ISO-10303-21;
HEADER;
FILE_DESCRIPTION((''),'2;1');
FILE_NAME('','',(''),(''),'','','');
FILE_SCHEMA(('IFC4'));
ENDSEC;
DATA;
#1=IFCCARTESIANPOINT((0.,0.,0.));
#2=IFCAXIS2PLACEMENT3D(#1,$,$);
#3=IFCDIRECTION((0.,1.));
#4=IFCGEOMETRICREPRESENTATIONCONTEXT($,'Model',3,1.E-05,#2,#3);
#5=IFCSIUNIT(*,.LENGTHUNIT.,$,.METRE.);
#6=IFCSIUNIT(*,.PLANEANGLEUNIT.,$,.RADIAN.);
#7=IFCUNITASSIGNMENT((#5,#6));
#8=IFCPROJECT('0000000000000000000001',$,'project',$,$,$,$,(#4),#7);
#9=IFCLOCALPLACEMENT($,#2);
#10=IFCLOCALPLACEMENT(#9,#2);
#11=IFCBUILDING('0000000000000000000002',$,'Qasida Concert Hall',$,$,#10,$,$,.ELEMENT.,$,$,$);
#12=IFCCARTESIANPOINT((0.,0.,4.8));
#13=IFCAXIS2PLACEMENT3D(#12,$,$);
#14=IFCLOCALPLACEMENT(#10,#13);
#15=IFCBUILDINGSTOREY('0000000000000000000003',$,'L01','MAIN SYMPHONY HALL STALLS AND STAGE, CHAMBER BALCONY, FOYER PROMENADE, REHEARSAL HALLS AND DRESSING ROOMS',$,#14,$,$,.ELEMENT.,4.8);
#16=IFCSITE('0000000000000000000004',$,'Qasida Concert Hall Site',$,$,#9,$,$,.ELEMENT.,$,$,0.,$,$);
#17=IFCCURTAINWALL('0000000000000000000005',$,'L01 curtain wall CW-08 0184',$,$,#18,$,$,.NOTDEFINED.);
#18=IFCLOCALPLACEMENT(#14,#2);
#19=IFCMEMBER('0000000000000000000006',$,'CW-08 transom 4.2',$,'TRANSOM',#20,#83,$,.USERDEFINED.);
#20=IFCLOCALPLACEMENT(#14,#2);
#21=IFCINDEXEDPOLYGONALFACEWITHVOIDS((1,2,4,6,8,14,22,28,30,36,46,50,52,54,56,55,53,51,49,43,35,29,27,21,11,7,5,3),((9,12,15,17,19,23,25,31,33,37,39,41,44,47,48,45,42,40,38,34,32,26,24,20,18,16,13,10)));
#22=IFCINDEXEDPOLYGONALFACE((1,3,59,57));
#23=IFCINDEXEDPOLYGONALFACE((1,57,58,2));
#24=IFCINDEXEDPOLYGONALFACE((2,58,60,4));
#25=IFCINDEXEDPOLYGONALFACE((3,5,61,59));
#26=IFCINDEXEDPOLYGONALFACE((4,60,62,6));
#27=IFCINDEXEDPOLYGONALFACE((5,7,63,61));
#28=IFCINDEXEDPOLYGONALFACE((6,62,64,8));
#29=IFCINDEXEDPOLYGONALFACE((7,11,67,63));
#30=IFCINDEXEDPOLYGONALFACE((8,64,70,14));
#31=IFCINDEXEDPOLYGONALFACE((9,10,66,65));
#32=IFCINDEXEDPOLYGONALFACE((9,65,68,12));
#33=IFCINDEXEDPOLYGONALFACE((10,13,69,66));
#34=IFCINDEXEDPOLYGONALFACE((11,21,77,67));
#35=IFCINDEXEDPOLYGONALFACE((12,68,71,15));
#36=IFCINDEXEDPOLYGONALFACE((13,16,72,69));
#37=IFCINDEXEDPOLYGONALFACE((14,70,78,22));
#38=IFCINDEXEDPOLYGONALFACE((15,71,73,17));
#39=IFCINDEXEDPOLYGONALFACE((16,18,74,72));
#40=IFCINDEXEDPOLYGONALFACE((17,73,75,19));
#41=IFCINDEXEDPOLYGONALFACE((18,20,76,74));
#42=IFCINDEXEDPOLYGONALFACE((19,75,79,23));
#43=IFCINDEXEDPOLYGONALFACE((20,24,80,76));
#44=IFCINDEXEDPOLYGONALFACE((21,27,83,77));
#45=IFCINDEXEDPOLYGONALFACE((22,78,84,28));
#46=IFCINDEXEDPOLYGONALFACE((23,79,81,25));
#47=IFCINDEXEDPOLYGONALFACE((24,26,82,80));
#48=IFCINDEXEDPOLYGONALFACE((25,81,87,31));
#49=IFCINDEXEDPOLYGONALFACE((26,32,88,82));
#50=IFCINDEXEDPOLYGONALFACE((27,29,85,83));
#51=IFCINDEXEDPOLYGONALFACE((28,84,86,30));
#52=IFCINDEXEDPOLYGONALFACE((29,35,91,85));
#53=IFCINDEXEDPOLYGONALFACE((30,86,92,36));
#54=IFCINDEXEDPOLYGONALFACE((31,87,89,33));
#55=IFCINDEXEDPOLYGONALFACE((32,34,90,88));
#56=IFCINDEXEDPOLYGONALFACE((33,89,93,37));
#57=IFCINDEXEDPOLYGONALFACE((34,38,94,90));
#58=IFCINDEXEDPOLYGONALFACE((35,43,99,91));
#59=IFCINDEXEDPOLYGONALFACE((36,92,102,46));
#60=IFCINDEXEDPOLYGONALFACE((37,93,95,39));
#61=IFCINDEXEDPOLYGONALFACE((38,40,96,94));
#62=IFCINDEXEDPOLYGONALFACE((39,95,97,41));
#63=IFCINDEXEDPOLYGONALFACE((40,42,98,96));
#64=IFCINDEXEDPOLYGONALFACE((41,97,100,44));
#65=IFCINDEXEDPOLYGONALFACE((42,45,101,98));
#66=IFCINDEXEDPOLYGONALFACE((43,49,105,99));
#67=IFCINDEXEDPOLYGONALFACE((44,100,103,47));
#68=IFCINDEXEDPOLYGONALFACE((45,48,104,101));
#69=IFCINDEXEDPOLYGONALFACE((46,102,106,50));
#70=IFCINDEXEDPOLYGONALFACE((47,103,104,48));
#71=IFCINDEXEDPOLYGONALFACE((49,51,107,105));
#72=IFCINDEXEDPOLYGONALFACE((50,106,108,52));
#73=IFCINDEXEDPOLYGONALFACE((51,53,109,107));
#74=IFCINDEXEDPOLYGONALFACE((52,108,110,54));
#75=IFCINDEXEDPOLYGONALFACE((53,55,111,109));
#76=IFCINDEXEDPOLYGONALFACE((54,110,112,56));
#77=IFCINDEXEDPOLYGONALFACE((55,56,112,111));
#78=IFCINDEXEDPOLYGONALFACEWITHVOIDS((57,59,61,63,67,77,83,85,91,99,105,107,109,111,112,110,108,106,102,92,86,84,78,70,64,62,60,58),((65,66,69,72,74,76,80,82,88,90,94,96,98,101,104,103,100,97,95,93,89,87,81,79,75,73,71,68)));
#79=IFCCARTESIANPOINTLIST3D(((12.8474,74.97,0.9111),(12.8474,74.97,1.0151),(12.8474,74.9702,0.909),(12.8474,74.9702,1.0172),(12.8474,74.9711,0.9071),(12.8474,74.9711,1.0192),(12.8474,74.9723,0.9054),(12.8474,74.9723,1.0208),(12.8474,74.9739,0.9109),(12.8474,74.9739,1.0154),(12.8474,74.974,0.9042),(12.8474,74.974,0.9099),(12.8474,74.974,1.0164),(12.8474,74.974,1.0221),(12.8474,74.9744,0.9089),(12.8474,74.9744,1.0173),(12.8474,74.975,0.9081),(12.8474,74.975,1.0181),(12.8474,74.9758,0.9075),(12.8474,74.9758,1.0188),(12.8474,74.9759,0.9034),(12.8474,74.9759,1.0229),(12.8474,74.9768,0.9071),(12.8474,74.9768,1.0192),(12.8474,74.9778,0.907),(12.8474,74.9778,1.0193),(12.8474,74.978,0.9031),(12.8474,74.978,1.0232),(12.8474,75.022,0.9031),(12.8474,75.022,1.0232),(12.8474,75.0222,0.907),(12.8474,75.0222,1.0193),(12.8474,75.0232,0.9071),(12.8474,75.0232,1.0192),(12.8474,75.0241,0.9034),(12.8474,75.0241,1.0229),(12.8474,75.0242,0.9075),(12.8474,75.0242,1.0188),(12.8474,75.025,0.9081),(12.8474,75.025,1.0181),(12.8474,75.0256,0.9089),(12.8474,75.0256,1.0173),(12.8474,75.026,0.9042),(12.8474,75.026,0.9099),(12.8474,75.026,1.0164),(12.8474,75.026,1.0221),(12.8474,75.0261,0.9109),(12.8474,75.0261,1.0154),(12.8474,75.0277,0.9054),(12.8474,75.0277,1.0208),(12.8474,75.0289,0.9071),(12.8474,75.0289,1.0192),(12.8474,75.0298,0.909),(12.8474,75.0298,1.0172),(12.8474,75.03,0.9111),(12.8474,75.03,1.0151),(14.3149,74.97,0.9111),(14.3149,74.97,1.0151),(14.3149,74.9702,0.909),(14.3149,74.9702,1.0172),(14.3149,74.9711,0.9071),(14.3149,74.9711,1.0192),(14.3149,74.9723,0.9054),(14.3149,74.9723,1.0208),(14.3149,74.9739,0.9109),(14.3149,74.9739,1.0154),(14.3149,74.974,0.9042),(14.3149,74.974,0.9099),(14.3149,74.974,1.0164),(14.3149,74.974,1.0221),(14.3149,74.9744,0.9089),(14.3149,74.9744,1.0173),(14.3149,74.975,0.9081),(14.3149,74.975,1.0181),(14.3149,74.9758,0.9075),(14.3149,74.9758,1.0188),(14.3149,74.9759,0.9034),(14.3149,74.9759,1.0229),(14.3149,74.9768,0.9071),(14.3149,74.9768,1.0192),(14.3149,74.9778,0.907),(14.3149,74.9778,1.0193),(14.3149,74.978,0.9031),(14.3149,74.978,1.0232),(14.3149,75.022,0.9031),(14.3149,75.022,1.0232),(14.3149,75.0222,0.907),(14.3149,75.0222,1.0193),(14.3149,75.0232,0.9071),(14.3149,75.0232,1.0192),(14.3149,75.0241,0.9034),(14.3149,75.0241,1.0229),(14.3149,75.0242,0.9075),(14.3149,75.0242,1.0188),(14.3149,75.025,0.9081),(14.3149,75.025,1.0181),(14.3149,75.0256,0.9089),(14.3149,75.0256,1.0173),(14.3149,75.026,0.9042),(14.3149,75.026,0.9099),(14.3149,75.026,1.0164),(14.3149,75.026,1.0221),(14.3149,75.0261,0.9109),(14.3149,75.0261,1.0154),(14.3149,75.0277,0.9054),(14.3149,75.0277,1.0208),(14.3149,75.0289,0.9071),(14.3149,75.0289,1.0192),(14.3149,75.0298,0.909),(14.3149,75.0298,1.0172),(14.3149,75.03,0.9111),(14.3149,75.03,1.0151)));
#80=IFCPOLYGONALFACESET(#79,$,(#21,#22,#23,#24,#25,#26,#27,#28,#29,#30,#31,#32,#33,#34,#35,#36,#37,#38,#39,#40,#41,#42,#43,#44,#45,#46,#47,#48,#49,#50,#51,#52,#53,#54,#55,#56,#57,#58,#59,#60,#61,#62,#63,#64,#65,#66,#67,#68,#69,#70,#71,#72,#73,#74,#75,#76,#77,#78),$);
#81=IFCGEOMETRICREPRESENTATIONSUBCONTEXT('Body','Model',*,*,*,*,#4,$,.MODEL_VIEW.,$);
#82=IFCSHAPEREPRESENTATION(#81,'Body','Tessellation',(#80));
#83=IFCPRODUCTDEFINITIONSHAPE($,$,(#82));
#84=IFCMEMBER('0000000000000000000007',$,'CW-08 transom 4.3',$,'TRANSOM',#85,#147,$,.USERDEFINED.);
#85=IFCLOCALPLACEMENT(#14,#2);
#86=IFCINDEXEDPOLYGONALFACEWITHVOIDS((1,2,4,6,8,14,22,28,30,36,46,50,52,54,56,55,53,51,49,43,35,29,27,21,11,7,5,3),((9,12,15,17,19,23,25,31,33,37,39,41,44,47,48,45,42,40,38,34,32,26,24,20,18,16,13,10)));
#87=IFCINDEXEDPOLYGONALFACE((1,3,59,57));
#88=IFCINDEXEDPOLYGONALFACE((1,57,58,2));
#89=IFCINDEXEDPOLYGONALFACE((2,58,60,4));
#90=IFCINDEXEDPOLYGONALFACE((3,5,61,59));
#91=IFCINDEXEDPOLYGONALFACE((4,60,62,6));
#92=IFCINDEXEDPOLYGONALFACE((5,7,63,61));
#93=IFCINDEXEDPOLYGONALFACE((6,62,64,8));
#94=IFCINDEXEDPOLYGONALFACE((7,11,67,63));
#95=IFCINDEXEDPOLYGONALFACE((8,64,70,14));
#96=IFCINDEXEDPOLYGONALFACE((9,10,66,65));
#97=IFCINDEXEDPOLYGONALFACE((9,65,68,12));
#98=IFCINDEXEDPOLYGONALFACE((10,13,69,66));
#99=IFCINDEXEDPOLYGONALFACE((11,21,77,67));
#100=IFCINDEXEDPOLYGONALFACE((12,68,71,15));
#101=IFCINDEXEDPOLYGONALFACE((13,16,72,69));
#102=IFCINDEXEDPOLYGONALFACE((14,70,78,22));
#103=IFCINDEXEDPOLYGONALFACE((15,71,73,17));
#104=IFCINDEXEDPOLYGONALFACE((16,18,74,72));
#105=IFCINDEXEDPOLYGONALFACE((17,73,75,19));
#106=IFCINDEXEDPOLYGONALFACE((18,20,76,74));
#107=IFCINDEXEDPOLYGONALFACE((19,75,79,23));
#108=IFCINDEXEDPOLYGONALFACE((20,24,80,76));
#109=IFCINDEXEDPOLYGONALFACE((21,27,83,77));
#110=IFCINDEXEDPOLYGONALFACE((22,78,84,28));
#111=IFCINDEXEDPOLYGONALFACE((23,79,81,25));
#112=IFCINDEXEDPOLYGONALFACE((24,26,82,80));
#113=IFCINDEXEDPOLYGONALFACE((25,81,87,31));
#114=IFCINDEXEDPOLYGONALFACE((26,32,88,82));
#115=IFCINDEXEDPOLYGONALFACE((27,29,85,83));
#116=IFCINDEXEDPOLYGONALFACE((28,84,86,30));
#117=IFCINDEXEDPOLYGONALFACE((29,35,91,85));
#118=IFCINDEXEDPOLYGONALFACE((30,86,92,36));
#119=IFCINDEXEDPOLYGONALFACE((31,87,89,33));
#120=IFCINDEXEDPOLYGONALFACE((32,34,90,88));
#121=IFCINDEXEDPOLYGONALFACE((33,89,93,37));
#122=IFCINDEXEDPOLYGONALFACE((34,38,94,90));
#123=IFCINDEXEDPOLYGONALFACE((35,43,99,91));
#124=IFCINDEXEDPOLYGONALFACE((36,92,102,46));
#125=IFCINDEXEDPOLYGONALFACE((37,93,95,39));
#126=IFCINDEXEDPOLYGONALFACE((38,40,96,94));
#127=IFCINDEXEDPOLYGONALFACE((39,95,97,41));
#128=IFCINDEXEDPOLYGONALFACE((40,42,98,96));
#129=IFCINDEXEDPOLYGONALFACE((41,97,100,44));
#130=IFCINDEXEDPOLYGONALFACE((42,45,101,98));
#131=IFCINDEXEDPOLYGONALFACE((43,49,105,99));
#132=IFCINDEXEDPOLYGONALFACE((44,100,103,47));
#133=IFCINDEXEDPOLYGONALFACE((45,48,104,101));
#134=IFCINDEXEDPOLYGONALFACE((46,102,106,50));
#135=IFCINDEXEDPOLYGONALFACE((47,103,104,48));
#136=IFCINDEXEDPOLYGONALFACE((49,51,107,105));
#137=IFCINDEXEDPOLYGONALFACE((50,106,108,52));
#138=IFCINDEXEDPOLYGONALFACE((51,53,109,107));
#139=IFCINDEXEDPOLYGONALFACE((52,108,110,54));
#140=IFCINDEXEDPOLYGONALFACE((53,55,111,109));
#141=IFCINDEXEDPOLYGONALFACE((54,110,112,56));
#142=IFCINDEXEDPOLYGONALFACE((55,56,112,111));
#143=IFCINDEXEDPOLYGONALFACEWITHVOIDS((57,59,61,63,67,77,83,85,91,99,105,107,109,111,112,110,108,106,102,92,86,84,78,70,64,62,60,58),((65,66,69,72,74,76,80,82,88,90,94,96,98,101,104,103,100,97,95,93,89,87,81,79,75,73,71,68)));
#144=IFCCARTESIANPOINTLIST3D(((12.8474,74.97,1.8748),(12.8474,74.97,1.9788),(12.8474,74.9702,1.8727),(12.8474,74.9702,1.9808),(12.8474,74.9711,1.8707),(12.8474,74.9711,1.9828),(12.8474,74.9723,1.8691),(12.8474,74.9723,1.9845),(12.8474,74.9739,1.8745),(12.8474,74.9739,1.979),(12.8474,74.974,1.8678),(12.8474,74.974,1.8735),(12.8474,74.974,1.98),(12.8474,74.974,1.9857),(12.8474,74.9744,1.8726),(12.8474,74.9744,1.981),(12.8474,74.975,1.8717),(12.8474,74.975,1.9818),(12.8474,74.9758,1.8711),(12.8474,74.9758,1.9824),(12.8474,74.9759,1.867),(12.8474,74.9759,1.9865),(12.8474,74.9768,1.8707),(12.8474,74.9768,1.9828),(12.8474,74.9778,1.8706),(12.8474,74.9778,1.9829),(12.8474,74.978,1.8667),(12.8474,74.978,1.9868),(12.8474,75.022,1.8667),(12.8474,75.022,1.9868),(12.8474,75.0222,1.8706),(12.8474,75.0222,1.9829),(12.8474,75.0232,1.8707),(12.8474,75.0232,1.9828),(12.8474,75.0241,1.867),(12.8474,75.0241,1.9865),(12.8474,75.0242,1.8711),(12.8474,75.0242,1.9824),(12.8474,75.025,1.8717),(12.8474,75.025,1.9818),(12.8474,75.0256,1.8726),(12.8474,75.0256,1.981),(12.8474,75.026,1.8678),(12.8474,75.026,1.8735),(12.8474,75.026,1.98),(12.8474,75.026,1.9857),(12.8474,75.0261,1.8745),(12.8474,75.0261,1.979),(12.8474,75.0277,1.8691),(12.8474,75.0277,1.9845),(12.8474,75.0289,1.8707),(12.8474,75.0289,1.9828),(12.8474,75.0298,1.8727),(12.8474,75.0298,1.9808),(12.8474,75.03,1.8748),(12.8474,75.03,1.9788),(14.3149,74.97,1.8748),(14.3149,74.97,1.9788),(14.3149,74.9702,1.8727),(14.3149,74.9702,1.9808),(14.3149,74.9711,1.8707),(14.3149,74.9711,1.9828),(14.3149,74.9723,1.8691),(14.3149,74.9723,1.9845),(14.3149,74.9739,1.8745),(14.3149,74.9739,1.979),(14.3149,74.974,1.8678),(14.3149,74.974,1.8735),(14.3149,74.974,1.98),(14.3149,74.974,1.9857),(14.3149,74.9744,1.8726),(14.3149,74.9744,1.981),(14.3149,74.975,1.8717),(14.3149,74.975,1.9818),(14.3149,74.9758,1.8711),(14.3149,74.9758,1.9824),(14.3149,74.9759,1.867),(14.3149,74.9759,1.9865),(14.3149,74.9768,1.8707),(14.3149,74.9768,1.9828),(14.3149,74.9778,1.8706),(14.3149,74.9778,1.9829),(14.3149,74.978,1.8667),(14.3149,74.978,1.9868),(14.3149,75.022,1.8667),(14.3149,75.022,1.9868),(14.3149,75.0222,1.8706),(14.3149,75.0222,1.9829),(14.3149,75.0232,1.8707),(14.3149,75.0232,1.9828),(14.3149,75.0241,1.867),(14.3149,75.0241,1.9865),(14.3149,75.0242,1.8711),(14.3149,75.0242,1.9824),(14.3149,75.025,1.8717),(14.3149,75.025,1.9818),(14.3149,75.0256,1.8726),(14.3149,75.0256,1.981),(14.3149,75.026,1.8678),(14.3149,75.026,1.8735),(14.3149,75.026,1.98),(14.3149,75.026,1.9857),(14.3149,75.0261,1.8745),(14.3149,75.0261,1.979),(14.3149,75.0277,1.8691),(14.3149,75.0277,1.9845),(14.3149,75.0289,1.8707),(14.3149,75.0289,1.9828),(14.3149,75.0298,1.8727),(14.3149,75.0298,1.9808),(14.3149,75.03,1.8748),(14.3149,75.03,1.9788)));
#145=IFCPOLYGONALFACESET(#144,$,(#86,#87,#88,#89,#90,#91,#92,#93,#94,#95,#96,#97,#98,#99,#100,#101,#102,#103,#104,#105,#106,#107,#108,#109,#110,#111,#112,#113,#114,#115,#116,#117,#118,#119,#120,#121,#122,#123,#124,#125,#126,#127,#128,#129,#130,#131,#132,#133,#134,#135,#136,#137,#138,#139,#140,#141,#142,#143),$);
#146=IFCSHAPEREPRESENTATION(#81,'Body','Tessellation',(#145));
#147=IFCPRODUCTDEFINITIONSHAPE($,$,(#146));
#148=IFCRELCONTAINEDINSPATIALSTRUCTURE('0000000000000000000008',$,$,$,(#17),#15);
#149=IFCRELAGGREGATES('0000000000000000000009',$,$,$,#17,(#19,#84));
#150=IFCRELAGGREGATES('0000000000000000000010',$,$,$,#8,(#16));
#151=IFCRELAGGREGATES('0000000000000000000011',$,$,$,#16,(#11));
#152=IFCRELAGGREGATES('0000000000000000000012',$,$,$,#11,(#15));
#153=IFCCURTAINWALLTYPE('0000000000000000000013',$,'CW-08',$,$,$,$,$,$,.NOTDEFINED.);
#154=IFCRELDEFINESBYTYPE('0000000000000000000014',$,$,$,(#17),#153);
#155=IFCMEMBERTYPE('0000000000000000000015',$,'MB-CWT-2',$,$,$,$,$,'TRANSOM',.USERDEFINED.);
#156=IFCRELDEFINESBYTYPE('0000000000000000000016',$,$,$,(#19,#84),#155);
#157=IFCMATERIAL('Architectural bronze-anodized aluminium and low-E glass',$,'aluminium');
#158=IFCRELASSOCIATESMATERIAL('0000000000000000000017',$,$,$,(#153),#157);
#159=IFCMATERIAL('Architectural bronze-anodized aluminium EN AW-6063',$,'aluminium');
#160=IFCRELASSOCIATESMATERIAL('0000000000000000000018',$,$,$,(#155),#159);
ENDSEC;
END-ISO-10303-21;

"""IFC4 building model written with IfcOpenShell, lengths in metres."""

from ifc_helpers import new_model, si_unit, direction, frame, origin, origin_2d, place, context, subcontext, project, spatial, hollow_rectangle, extrude, material, material_profile, profile_set, type_object, element, aggregate, save


model = new_model("IFC4")

# Units and contexts
model_context = context("Model", 3, precision=1e-05, world=origin(), true_north=direction((0.0, 1.0)))
body_context = subcontext(model_context, "Body", "Model", "MODEL_VIEW")
ifc_project = project(units=[si_unit("LENGTHUNIT", "METRE"), si_unit("PLANEANGLEUNIT", "RADIAN")], contexts=[model_context])

# Site, building, storey
site_placement = place(None, origin())
site = spatial("IfcSite", under=ifc_project, at=site_placement, Name="Qasida Concert Hall Site", CompositionType="ELEMENT", RefElevation=0.0)
building_placement = place(site_placement, origin())
building = spatial("IfcBuilding", under=site, at=building_placement, Name="Qasida Concert Hall", CompositionType="ELEMENT")
storey_placement = place(building_placement, frame((0.0, 0.0, 4.8)))
storey = spatial("IfcBuildingStorey", under=building, at=storey_placement, Name="L01", Description="MAIN SYMPHONY HALL STALLS AND STAGE, CHAMBER BALCONY, FOYER PROMENADE, REHEARSAL HALLS AND DRESSING ROOMS", CompositionType="ELEMENT", Elevation=4.8)

# Curtain wall, members
ifc_material_1 = material(Name="Architectural bronze-anodized aluminium and low-E glass", Category="aluminium")
curtain_wall_type = type_object("IfcCurtainWallType", Name="CW-08", PredefinedType="NOTDEFINED", material=ifc_material_1)
curtain_wall_placement = place(storey_placement, origin())
curtain_wall = element("IfcCurtainWall", 1, at=curtain_wall_placement, inside=storey, type_object=curtain_wall_type, Name="L01 curtain wall CW-08 0184", PredefinedType="NOTDEFINED")
ifc_material_2 = material(Name="Architectural bronze-anodized aluminium EN AW-6063", Category="aluminium")
ifc_material_profile_1 = material_profile(ifc_material_2, hollow_rectangle(XDim=0.0601, YDim=0.1201, WallThickness=0.0039, InnerFilletRadius=0.0039, OuterFilletRadius=0.0081, at=origin_2d()), Name="CWT 120x60x4")
ifc_profile_set_1 = profile_set([ifc_material_profile_1], Name="Architectural bronze-anodized aluminium EN AW-6063")
member_type_1 = type_object("IfcMemberType", Name="MB-CWT-2", ElementType="TRANSOM", PredefinedType="USERDEFINED", material=ifc_profile_set_1)
member_1_placement = place(storey_placement, frame((12.8474, 75.0, 0.9631), z_axis=(1.0, 0.0, 0.0), x_axis=(0.0, 1.0, 0.0)))
member_1 = element("IfcMember", 2, at=member_1_placement, type_object=member_type_1, Name="CW-08 transom 4.2", ObjectType="TRANSOM", PredefinedType="USERDEFINED", context=body_context, shape_type="SweptSolid", body=[
    extrude(hollow_rectangle(XDim=0.0601, YDim=0.1201, WallThickness=0.0039, InnerFilletRadius=0.0039, OuterFilletRadius=0.0081, at=origin_2d()), origin(), (0.0, 0.0, 1.0), 1.4675),
])
member_2_placement = place(storey_placement, frame((12.8474, 75.0, 1.9268), z_axis=(1.0, 0.0, 0.0), x_axis=(0.0, 1.0, 0.0)))
member_2 = element("IfcMember", 3, at=member_2_placement, type_object=member_type_1, Name="CW-08 transom 4.3", ObjectType="TRANSOM", PredefinedType="USERDEFINED", context=body_context, shape_type="SweptSolid", body=[
    extrude(hollow_rectangle(XDim=0.0601, YDim=0.1201, WallThickness=0.0039, InnerFilletRadius=0.0039, OuterFilletRadius=0.0081, at=origin_2d()), origin(), (0.0, 0.0, 1.0), 1.4675),
])
aggregate(curtain_wall, [member_1, member_2])

save(model, "model.ifc")
